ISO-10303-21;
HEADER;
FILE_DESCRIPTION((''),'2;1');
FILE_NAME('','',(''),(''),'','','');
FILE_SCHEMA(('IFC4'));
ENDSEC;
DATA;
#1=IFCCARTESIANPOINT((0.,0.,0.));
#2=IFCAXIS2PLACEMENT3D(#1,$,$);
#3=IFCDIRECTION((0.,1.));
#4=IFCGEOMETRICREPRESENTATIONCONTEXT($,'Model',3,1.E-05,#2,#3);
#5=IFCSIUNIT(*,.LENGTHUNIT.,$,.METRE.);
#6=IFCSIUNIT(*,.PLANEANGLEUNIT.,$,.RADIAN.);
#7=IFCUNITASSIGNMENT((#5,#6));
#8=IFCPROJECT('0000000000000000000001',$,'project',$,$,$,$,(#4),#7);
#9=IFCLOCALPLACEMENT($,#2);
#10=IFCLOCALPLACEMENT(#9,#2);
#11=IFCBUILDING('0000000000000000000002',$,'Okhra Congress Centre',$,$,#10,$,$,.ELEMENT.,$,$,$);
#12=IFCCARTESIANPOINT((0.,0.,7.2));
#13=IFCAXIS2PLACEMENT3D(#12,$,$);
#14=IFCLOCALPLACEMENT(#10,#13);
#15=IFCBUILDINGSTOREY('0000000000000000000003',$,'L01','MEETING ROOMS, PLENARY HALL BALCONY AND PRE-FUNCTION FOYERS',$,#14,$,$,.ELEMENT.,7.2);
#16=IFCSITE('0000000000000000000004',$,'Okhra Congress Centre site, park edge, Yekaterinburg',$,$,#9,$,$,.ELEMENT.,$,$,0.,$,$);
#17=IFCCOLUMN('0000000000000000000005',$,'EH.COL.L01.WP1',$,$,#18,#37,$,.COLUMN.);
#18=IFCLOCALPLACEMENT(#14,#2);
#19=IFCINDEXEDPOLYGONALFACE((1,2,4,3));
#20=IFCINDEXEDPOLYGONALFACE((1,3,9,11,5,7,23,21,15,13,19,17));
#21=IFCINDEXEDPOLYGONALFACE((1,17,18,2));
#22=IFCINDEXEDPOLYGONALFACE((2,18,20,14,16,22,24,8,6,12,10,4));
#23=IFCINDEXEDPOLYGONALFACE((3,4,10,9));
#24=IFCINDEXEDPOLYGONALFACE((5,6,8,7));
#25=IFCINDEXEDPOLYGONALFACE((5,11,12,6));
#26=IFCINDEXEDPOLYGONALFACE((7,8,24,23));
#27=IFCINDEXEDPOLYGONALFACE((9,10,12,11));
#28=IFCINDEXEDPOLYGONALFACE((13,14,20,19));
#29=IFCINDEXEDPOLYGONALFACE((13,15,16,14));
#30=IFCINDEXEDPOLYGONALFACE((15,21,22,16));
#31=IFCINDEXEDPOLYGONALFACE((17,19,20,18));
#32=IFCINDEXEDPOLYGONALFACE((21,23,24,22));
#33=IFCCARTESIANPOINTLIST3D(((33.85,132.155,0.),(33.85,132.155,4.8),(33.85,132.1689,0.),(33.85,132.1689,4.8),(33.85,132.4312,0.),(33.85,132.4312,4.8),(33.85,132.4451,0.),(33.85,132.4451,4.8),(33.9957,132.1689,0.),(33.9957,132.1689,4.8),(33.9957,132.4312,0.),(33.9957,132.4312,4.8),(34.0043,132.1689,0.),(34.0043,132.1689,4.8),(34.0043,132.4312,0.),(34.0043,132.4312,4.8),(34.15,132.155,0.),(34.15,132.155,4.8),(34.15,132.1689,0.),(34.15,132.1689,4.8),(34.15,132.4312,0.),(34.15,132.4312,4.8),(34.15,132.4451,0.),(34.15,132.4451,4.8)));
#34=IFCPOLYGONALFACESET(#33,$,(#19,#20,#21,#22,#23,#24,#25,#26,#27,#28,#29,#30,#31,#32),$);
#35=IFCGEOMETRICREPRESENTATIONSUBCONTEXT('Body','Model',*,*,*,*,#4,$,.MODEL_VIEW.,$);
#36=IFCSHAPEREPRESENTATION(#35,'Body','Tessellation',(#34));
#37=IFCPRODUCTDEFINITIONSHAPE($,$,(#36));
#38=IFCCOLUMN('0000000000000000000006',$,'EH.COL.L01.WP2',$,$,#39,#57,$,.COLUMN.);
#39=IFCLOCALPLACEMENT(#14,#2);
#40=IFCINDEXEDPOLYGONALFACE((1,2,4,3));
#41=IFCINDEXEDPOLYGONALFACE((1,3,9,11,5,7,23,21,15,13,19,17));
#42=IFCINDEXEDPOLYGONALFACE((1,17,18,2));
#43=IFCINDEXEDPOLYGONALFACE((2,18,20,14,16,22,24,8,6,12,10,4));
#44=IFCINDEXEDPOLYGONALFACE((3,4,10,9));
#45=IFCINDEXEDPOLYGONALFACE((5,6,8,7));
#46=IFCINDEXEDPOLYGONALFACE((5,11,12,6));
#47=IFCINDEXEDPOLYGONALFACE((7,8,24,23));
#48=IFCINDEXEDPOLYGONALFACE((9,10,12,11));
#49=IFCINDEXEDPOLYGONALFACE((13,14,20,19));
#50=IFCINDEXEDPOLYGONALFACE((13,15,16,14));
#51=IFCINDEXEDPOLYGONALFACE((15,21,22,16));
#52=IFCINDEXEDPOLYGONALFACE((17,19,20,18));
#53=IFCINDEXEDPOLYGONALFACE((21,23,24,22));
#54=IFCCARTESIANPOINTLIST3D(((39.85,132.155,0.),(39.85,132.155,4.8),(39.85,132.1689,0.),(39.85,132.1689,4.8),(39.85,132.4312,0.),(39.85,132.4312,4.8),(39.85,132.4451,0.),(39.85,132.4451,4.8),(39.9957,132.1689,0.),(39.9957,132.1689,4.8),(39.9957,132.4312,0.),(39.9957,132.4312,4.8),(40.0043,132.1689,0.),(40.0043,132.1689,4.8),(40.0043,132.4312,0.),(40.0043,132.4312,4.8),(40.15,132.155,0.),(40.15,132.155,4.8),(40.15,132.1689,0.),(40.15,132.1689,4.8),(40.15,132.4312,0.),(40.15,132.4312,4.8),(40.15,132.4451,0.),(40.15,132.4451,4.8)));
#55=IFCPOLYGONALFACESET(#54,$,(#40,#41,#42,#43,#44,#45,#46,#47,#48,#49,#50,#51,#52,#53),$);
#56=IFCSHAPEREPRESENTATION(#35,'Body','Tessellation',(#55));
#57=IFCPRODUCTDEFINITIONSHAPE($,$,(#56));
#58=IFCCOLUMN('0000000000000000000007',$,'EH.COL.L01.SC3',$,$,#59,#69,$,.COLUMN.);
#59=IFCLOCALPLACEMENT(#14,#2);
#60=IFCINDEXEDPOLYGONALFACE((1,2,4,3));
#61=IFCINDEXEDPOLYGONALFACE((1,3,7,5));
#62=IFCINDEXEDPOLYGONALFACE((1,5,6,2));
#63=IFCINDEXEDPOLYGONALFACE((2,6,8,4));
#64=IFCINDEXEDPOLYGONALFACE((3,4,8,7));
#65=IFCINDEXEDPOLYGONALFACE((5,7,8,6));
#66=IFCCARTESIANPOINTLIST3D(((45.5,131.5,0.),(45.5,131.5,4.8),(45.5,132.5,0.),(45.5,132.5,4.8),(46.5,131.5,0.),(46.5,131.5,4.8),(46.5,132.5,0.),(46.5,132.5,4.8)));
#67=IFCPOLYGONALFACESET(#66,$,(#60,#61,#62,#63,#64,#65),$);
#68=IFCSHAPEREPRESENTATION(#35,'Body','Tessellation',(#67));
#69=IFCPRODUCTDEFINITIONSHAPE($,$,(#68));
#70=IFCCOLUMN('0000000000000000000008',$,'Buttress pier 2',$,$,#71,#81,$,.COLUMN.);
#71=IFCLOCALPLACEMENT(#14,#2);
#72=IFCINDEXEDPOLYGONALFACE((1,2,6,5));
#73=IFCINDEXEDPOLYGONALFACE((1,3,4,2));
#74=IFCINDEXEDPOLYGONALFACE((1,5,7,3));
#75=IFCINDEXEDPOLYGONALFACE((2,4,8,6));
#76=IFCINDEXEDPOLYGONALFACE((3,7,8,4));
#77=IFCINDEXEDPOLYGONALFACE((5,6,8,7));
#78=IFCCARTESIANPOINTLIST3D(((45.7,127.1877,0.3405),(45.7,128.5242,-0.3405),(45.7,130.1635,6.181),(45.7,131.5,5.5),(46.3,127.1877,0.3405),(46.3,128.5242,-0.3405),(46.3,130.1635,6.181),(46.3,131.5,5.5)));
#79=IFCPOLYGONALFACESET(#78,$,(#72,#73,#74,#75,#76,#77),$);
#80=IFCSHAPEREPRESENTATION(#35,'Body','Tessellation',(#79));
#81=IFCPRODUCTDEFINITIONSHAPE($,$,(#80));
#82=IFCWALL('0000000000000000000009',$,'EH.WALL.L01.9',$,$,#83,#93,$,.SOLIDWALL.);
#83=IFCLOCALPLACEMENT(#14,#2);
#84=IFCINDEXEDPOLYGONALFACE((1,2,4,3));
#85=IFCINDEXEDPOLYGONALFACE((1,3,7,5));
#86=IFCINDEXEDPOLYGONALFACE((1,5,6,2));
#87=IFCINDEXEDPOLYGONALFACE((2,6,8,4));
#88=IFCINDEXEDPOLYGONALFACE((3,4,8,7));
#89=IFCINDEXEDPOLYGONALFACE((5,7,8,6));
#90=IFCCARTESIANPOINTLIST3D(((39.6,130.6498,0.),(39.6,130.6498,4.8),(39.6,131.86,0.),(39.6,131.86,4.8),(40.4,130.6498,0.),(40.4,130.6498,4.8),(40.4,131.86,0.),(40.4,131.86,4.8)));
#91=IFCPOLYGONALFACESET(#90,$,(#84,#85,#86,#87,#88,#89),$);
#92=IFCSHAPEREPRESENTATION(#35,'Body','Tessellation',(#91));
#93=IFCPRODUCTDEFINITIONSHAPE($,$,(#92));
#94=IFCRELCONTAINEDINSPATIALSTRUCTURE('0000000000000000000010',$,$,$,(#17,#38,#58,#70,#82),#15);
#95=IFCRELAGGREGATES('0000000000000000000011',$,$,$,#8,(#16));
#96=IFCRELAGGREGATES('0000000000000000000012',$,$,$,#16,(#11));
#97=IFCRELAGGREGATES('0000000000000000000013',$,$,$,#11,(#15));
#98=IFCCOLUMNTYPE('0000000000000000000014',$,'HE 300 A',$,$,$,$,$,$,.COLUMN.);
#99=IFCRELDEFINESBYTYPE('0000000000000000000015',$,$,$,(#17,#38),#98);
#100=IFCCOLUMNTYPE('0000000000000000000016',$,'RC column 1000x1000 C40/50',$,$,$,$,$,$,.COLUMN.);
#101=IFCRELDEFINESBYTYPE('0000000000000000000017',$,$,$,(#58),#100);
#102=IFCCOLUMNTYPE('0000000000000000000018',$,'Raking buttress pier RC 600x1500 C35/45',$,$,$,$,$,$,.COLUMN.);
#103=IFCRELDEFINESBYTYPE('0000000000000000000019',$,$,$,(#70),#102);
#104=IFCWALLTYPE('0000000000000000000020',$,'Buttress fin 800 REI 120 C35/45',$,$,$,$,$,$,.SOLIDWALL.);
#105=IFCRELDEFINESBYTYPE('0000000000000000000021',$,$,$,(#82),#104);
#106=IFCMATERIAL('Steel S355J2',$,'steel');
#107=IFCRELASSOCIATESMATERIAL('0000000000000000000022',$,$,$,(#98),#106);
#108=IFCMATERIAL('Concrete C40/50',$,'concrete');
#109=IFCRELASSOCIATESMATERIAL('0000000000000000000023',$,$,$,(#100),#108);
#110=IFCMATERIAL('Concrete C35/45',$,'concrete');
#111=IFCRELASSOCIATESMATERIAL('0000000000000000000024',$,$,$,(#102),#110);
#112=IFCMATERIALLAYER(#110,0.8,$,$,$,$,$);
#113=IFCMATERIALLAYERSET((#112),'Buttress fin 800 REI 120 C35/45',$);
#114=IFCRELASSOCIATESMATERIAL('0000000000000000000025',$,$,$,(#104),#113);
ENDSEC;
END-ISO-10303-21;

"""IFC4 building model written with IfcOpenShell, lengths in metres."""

from ifc_helpers import new_model, si_unit, direction, frame, frame_2d, origin, origin_2d, place, context, subcontext, project, spatial, rectangle, i_section, extrude, material, layer, layer_set, material_profile, profile_set, type_object, element, save


model = new_model("IFC4")

# Units and contexts
model_context = context("Model", 3, precision=1e-05, world=origin(), true_north=direction((0.0, 1.0)))
body_context = subcontext(model_context, "Body", "Model", "MODEL_VIEW")
ifc_project = project(units=[si_unit("LENGTHUNIT", "METRE"), si_unit("PLANEANGLEUNIT", "RADIAN")], contexts=[model_context])

# Site, building, storey
site_placement = place(None, origin())
site = spatial("IfcSite", under=ifc_project, at=site_placement, Name="Okhra Congress Centre site, park edge, Yekaterinburg", CompositionType="ELEMENT", RefElevation=0.0)
building_placement = place(site_placement, origin())
building = spatial("IfcBuilding", under=site, at=building_placement, Name="Okhra Congress Centre", CompositionType="ELEMENT")
storey_placement = place(building_placement, frame((0.0, 0.0, 7.2)))
storey = spatial("IfcBuildingStorey", under=building, at=storey_placement, Name="L01", Description="MEETING ROOMS, PLENARY HALL BALCONY AND PRE-FUNCTION FOYERS", CompositionType="ELEMENT", Elevation=7.2)

# Columns
ifc_material_1 = material(Name="Steel S355J2", Category="steel")
ifc_material_profile_1 = material_profile(ifc_material_1, i_section(OverallWidth=0.3, OverallDepth=0.29, WebThickness=0.0085, FlangeThickness=0.0139, at=origin_2d()), Name="HE 300 A")
ifc_profile_set_1 = profile_set([ifc_material_profile_1], Name="Steel S355J2")
column_type_1 = type_object("IfcColumnType", Name="HE 300 A", PredefinedType="COLUMN", material=ifc_profile_set_1)
for number, where, z_axis, x_axis, name in (
    (1, (34.0, 132.3, 0.0), (0.0, 0.0, 1.0), (1.0, 0.0, 0.0), "EH.COL.L01.WP1"),
    (2, (40.0, 132.3, 0.0), (0.0, 0.0, 1.0), (1.0, 0.0, 0.0), "EH.COL.L01.WP2"),
):
    element("IfcColumn", number, at=place(storey_placement, frame(where, z_axis=z_axis, x_axis=x_axis)), inside=storey, type_object=column_type_1, Name=name, PredefinedType="COLUMN", context=body_context, shape_type="SweptSolid", body=[
        extrude(i_section(OverallWidth=0.3, OverallDepth=0.29, WebThickness=0.0085, FlangeThickness=0.0139, at=origin_2d()), origin(), (0.0, 0.0, 1.0), 4.8),
    ])
ifc_material_2 = material(Name="Concrete C40/50", Category="concrete")
ifc_material_profile_2 = material_profile(ifc_material_2, rectangle(XDim=1.0, YDim=1.0, at=origin_2d()), Name="RC 1000x1000")
ifc_profile_set_2 = profile_set([ifc_material_profile_2], Name="Concrete C40/50")
column_type_2 = type_object("IfcColumnType", Name="RC column 1000x1000 C40/50", PredefinedType="COLUMN", material=ifc_profile_set_2)
column_1_placement = place(storey_placement, frame((46.0, 132.0, 0.0), z_axis=(0.0, 0.0, 1.0), x_axis=(1.0, 0.0, 0.0)))
element("IfcColumn", 3, at=column_1_placement, inside=storey, type_object=column_type_2, Name="EH.COL.L01.SC3", PredefinedType="COLUMN", context=body_context, shape_type="SweptSolid", body=[
    extrude(rectangle(XDim=1.0, YDim=1.0, at=origin_2d()), origin(), (0.0, 0.0, 1.0), 4.8),
])
ifc_material_3 = material(Name="Concrete C35/45", Category="concrete")
ifc_material_profile_3 = material_profile(ifc_material_3, rectangle(XDim=0.6001, YDim=1.5, at=origin_2d()), Name="RC 600x1500")
ifc_profile_set_3 = profile_set([ifc_material_profile_3], Name="Concrete C35/45")
column_type_3 = type_object("IfcColumnType", Name="Raking buttress pier RC 600x1500 C35/45", PredefinedType="COLUMN", material=ifc_profile_set_3)
column_2_placement = place(storey_placement, frame((46.0, 127.856, 0.0), z_axis=(0.0, 0.453979, 0.891012), x_axis=(-1.0, 0.0, 0.0)))
element("IfcColumn", 4, at=column_2_placement, inside=storey, type_object=column_type_3, Name="Buttress pier 2", PredefinedType="COLUMN", context=body_context, shape_type="SweptSolid", body=[
    extrude(rectangle(XDim=0.6001, YDim=1.5, at=origin_2d()), origin(), (0.0, 0.0, 1.0), 6.5549),
])

# Wall
ifc_layer = layer(ifc_material_3, 0.8)
ifc_layer_set = layer_set([ifc_layer], Name="Buttress fin 800 REI 120 C35/45")
wall_type = type_object("IfcWallType", Name="Buttress fin 800 REI 120 C35/45", PredefinedType="SOLIDWALL", material=ifc_layer_set)
wall_placement = place(storey_placement, frame((40.0, 130.6499, 0.0), z_axis=(0.0, 0.0, 1.0), x_axis=(0.0, 1.0, 0.0)))
element("IfcWall", 5, at=wall_placement, inside=storey, type_object=wall_type, Name="EH.WALL.L01.9", PredefinedType="SOLIDWALL", context=body_context, shape_type="SweptSolid", body=[
    extrude(rectangle(XDim=1.2102, YDim=0.8, at=frame_2d((0.605, 0.0))), origin(), (0.0, 0.0, 1.0), 4.8),
])

save(model, "model.ifc")
